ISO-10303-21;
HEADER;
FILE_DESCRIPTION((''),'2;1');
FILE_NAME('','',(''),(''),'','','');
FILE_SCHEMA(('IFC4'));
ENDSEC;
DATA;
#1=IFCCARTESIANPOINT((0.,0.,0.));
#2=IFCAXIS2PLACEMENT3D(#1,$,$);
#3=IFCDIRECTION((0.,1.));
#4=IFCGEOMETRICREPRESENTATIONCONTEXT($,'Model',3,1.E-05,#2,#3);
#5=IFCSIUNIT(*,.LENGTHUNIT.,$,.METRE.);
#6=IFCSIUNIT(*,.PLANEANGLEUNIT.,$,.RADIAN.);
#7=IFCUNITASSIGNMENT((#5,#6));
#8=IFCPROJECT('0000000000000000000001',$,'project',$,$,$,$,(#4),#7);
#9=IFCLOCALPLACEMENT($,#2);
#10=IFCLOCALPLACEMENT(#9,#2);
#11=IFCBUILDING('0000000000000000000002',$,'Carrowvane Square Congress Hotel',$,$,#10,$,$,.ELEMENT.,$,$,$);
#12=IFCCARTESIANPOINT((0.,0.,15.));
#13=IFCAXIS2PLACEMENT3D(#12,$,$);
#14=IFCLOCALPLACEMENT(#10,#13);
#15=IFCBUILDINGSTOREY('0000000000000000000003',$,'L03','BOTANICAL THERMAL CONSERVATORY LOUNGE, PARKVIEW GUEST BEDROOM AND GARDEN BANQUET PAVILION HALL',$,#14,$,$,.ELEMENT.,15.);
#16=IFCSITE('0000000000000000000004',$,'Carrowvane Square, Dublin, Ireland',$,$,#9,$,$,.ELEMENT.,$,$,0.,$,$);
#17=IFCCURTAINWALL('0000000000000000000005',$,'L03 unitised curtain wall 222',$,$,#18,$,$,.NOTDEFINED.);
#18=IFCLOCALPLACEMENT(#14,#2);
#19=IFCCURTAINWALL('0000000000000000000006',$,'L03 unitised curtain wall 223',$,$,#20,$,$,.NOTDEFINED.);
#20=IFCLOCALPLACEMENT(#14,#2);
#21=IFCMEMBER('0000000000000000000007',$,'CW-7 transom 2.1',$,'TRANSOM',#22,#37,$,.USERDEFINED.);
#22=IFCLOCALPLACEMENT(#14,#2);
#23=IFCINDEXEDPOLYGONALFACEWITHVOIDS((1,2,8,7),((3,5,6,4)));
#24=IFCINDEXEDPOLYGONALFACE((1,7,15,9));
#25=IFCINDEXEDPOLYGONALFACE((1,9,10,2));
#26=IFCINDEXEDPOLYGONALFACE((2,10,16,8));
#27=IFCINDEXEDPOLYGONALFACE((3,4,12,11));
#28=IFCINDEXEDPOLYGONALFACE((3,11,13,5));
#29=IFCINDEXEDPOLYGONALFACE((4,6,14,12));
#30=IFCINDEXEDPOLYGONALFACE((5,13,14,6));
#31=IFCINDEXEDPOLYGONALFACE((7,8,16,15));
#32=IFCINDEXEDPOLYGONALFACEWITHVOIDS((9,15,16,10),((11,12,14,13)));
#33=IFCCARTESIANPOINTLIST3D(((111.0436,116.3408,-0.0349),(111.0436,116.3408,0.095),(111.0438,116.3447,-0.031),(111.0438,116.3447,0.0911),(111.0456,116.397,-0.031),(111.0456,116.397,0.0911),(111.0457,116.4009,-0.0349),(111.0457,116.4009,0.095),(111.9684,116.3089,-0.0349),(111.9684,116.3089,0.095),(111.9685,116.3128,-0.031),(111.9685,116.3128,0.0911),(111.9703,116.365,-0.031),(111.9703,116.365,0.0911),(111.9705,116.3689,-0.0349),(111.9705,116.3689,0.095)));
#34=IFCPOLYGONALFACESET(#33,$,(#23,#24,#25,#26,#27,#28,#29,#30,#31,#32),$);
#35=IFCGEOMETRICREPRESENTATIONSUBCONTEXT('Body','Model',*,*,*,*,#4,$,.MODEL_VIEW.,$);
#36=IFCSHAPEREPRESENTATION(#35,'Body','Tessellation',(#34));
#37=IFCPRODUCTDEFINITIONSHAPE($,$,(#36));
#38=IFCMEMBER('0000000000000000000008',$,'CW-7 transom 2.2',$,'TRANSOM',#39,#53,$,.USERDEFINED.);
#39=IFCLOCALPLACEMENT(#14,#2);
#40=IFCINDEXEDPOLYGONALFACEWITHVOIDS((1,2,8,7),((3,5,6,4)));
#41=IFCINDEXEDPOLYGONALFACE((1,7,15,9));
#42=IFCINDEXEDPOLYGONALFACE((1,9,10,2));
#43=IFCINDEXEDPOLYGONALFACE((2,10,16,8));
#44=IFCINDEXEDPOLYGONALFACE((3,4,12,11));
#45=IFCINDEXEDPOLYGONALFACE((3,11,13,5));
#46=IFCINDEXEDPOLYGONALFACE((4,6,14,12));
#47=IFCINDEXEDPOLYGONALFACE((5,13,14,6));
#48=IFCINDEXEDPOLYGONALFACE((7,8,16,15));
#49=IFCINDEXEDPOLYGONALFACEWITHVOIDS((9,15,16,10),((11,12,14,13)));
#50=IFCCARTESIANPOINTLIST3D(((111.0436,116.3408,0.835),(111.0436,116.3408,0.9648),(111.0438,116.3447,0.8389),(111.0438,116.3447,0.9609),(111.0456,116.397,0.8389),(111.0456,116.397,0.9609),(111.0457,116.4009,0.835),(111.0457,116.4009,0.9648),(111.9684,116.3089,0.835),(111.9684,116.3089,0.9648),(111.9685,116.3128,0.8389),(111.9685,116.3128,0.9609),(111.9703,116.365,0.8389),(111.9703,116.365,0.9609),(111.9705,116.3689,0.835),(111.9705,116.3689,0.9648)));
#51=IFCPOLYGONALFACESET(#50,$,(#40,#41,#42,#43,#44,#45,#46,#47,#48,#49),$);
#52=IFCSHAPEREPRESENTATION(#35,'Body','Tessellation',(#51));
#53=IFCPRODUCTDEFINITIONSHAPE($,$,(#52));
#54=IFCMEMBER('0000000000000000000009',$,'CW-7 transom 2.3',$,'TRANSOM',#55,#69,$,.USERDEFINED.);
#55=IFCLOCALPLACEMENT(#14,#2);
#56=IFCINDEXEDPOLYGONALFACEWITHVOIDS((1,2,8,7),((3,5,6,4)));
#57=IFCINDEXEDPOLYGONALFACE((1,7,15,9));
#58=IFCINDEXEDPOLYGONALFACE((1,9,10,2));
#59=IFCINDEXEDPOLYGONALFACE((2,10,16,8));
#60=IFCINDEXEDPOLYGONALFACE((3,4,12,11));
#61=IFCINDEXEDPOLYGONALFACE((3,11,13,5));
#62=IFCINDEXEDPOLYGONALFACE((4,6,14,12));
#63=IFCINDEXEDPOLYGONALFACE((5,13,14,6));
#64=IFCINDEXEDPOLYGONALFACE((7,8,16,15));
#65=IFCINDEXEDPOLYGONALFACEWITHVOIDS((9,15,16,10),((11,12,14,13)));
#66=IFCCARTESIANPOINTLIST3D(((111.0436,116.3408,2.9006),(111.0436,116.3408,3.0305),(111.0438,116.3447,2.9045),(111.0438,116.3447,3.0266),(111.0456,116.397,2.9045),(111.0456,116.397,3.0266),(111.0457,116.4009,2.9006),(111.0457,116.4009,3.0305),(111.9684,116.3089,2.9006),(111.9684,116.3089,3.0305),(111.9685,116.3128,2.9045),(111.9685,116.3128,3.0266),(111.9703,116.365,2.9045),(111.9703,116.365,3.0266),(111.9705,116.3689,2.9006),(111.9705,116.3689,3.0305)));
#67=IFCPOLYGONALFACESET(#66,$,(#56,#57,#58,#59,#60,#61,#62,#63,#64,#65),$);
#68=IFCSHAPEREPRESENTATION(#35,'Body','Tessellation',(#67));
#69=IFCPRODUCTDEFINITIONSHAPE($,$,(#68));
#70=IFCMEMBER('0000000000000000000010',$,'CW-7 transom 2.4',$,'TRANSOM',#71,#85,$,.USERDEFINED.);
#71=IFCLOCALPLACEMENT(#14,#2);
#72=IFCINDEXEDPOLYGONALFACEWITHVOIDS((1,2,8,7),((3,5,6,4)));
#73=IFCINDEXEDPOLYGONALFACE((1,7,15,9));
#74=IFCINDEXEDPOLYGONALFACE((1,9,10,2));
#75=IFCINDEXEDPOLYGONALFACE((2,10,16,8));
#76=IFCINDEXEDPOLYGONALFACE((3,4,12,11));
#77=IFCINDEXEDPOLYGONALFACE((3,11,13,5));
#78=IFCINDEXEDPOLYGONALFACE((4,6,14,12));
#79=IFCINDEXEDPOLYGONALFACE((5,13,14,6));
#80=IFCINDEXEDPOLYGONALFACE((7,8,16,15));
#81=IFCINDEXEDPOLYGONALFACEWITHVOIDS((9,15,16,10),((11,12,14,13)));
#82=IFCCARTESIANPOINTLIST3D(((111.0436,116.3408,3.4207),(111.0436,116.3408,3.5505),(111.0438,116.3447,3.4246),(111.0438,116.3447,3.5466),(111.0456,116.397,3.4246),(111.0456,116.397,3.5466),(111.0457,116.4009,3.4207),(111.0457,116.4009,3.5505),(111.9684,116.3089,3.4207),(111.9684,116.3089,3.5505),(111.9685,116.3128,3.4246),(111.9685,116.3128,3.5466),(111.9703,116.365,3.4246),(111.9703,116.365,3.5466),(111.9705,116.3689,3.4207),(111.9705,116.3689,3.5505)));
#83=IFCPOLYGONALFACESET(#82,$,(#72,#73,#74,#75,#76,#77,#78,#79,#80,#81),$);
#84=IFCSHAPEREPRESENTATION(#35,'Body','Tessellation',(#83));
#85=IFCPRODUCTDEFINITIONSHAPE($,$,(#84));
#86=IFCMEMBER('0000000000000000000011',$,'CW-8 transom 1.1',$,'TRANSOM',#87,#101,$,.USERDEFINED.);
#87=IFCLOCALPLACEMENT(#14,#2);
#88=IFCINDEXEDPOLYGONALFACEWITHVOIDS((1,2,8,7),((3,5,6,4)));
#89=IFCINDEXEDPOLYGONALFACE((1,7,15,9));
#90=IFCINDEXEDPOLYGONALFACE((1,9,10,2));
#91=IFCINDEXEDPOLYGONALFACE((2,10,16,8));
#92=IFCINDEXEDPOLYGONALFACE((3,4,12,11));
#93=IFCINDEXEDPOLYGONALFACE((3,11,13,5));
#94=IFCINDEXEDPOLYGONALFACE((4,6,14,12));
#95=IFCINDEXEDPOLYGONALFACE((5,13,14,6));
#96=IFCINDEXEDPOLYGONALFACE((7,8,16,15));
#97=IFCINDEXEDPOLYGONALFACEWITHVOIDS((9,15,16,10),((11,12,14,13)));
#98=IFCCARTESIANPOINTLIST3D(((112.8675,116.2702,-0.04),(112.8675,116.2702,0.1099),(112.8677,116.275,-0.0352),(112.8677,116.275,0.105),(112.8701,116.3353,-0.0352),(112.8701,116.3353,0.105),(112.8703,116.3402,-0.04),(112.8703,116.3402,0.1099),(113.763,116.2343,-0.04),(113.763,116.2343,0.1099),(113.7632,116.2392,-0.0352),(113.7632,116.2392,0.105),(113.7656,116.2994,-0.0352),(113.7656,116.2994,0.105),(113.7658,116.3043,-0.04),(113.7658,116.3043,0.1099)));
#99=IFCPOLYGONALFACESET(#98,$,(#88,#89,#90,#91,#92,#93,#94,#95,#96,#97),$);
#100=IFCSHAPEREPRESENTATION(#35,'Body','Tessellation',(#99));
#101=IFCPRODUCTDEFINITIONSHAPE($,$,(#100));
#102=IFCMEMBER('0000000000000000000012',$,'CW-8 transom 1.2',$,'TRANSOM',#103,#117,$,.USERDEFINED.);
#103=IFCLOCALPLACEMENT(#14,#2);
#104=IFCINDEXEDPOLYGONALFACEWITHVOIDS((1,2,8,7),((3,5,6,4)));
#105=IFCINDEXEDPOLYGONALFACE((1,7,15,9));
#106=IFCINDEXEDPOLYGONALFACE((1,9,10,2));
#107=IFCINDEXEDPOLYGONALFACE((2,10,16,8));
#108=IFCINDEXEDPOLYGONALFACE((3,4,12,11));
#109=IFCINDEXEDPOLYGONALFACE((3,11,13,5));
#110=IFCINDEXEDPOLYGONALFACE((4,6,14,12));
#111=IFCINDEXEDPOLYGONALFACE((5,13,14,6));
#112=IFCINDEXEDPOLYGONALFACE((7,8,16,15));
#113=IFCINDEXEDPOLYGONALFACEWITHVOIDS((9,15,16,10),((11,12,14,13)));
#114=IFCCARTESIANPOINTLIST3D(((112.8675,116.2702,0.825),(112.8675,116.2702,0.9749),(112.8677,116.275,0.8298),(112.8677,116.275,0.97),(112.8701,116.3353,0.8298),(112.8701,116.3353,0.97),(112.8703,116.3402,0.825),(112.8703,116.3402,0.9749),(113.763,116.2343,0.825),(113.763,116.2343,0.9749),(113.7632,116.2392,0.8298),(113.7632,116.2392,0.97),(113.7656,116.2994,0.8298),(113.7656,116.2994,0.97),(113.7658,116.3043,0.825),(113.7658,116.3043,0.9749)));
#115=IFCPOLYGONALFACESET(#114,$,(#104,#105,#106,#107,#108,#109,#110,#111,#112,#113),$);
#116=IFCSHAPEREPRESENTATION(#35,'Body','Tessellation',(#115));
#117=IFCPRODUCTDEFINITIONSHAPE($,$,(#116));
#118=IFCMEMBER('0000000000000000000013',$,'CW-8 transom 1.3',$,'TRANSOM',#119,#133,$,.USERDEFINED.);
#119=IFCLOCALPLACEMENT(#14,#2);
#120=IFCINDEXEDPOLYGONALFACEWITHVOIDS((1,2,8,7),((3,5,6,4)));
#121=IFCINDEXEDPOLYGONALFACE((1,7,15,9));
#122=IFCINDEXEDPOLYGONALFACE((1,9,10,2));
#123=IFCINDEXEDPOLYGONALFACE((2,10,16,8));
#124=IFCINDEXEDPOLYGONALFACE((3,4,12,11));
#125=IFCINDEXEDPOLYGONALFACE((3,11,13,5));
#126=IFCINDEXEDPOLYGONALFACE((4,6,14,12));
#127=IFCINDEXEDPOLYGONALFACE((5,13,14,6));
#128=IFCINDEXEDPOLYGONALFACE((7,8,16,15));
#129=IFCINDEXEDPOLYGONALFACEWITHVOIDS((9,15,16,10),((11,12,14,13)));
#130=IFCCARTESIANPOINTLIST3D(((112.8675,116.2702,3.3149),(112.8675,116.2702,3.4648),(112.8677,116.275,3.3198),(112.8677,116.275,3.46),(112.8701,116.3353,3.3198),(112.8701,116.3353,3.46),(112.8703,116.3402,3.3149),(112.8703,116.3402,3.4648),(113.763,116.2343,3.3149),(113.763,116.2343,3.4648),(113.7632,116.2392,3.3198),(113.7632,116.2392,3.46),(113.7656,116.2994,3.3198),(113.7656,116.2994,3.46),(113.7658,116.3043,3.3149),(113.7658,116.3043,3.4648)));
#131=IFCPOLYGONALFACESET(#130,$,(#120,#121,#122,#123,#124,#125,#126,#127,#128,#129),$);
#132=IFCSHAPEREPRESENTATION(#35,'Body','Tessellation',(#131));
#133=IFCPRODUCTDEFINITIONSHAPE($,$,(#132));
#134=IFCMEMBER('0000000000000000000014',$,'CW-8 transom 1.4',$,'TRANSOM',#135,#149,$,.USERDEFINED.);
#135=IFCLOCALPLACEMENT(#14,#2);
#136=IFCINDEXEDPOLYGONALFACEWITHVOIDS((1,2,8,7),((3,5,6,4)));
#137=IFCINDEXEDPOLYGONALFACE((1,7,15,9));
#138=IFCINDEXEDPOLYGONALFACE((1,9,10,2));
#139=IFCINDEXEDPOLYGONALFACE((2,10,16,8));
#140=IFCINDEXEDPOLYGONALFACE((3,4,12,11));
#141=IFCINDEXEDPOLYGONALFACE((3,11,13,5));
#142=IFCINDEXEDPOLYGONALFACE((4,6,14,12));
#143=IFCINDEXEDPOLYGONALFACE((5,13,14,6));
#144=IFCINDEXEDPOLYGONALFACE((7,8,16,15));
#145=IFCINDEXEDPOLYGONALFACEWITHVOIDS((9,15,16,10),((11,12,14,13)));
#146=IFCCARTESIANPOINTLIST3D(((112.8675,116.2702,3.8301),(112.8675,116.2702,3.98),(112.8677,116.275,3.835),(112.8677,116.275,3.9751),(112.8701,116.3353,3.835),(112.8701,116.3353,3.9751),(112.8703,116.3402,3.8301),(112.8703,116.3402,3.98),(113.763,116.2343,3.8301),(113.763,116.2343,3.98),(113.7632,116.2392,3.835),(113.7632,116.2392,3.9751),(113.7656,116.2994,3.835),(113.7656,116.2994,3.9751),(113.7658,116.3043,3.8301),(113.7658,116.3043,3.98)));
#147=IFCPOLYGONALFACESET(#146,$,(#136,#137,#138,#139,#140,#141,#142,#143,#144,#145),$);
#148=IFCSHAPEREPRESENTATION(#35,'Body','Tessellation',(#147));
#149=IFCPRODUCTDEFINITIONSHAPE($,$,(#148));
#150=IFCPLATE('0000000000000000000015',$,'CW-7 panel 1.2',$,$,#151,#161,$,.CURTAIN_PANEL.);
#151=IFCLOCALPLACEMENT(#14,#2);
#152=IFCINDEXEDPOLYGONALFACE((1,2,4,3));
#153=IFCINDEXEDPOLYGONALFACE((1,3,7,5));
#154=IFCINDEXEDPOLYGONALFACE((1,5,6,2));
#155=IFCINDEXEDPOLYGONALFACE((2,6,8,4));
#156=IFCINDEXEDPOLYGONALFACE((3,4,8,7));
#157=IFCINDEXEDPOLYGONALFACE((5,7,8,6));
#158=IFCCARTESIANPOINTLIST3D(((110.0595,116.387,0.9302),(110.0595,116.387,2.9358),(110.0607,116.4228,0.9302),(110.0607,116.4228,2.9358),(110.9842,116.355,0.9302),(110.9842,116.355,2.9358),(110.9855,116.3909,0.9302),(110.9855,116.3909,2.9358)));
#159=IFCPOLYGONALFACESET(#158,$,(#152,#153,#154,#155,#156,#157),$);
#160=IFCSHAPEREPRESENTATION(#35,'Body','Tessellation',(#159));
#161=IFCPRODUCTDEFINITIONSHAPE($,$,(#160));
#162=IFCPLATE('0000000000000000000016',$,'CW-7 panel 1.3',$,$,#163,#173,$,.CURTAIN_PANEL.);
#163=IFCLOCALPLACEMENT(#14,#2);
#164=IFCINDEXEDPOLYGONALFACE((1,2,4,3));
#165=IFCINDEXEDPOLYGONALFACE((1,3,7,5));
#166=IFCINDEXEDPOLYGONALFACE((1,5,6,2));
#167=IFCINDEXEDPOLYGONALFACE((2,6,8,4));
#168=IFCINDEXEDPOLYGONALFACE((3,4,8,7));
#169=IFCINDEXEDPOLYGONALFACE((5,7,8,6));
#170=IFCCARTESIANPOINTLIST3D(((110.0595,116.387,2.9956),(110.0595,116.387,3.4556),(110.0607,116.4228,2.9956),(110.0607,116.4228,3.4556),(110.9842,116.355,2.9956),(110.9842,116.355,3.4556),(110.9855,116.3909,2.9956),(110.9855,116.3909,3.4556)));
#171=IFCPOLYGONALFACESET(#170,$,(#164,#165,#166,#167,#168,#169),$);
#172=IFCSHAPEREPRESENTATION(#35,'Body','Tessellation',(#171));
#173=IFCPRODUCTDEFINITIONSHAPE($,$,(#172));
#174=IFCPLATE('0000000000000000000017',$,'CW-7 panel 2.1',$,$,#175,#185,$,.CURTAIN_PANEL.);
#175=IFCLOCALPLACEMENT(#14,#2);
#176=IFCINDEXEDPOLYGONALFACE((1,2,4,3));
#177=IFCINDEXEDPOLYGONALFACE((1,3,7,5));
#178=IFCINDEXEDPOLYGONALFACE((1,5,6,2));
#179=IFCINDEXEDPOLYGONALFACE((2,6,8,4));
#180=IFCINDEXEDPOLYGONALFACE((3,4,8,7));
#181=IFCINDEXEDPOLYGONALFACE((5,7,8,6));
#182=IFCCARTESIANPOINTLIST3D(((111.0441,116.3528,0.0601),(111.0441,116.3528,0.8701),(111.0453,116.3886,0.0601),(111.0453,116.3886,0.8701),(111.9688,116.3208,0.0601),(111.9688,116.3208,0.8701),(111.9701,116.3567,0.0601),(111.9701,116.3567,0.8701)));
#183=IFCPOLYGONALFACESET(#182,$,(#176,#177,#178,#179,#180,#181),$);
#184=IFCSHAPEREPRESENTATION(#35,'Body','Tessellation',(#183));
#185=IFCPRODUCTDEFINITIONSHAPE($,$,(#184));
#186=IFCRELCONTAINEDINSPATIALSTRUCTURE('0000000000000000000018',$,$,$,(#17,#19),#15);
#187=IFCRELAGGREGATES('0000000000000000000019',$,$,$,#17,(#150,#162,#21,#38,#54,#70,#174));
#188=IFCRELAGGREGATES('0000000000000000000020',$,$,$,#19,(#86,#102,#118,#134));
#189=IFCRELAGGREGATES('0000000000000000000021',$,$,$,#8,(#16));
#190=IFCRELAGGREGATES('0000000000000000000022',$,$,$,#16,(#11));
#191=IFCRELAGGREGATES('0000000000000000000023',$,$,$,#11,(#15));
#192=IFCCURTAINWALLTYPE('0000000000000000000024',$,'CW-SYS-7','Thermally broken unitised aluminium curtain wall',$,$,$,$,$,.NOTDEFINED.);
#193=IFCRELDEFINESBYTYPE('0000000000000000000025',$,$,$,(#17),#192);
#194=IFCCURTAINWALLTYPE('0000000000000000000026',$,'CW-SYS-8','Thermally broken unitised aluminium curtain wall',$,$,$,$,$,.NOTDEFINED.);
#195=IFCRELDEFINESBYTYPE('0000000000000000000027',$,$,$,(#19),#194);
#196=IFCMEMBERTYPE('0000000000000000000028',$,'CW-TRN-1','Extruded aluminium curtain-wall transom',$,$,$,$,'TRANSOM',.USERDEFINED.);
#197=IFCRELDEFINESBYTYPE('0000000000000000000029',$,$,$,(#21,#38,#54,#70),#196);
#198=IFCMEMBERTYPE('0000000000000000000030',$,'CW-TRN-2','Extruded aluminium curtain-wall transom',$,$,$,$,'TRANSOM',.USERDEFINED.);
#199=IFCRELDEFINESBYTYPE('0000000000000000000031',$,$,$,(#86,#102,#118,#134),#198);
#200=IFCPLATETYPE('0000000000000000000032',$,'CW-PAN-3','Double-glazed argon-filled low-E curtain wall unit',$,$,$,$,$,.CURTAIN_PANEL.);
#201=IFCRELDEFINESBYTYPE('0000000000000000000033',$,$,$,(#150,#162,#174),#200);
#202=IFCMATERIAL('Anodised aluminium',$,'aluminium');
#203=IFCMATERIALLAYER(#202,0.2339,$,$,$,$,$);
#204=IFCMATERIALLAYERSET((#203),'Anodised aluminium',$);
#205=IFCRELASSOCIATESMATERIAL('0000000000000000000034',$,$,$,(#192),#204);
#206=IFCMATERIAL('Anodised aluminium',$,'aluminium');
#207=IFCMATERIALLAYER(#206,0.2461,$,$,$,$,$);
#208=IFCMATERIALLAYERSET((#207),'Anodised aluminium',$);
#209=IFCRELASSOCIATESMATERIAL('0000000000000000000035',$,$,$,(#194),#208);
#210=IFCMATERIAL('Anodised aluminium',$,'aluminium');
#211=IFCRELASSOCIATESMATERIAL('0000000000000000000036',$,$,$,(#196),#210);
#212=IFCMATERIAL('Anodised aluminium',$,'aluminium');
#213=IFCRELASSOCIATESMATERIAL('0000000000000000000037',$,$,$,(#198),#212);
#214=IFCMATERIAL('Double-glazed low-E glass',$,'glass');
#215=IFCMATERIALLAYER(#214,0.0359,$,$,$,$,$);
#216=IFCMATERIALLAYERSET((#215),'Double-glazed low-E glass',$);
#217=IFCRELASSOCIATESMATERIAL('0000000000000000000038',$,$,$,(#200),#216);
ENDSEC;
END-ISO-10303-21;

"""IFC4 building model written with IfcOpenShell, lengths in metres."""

from ifc_helpers import new_model, si_unit, direction, frame, origin, origin_2d, place, context, subcontext, project, spatial, rectangle, hollow_rectangle, extrude, material, layer, layer_set, material_profile, profile_set, type_object, element, aggregate, save


model = new_model("IFC4")

# Units and contexts
model_context = context("Model", 3, precision=1e-05, world=origin(), true_north=direction((0.0, 1.0)))
body_context = subcontext(model_context, "Body", "Model", "MODEL_VIEW")
ifc_project = project(units=[si_unit("LENGTHUNIT", "METRE"), si_unit("PLANEANGLEUNIT", "RADIAN")], contexts=[model_context])

# Site, building, storey
site_placement = place(None, origin())
site = spatial("IfcSite", under=ifc_project, at=site_placement, Name="Carrowvane Square, Dublin, Ireland", CompositionType="ELEMENT", RefElevation=0.0)
building_placement = place(site_placement, origin())
building = spatial("IfcBuilding", under=site, at=building_placement, Name="Carrowvane Square Congress Hotel", CompositionType="ELEMENT")
storey_placement = place(building_placement, frame((0.0, 0.0, 15.0)))
storey = spatial("IfcBuildingStorey", under=building, at=storey_placement, Name="L03", Description="BOTANICAL THERMAL CONSERVATORY LOUNGE, PARKVIEW GUEST BEDROOM AND GARDEN BANQUET PAVILION HALL", CompositionType="ELEMENT", Elevation=15.0)

# Curtain walls
ifc_material_1 = material(Name="Anodised aluminium", Category="aluminium")
ifc_layer_1 = layer(ifc_material_1, 0.2339)
ifc_layer_set_1 = layer_set([ifc_layer_1], Name="Anodised aluminium")
curtain_wall_type_1 = type_object("IfcCurtainWallType", Name="CW-SYS-7", Description="Thermally broken unitised aluminium curtain wall", PredefinedType="NOTDEFINED", material=ifc_layer_set_1)
curtain_wall_1_placement = place(storey_placement, origin())
curtain_wall_1 = element("IfcCurtainWall", 1, at=curtain_wall_1_placement, inside=storey, type_object=curtain_wall_type_1, Name="L03 unitised curtain wall 222", PredefinedType="NOTDEFINED")
ifc_material_2 = material(Name="Anodised aluminium", Category="aluminium")
ifc_layer_2 = layer(ifc_material_2, 0.2461)
ifc_layer_set_2 = layer_set([ifc_layer_2], Name="Anodised aluminium")
curtain_wall_type_2 = type_object("IfcCurtainWallType", Name="CW-SYS-8", Description="Thermally broken unitised aluminium curtain wall", PredefinedType="NOTDEFINED", material=ifc_layer_set_2)
curtain_wall_2_placement = place(storey_placement, origin())
curtain_wall_2 = element("IfcCurtainWall", 2, at=curtain_wall_2_placement, inside=storey, type_object=curtain_wall_type_2, Name="L03 unitised curtain wall 223", PredefinedType="NOTDEFINED")

# Members
ifc_material_3 = material(Name="Anodised aluminium", Category="aluminium")
ifc_material_profile_1 = material_profile(ifc_material_3, hollow_rectangle(XDim=0.0601, YDim=0.1299, WallThickness=0.0039, at=origin_2d()), Name="CW-TR 60x130x4")
ifc_profile_set_1 = profile_set([ifc_material_profile_1], Name="Anodised aluminium")
member_type_1 = type_object("IfcMemberType", Name="CW-TRN-1", Description="Extruded aluminium curtain-wall transom", ElementType="TRANSOM", PredefinedType="USERDEFINED", material=ifc_profile_set_1)
member_1_placement = place(storey_placement, frame((111.0447, 116.3708, 0.03), z_axis=(0.999403, -0.034562, 0.0), x_axis=(0.034562, 0.999403, 0.0)))
member_1 = element("IfcMember", 3, at=member_1_placement, type_object=member_type_1, Name="CW-7 transom 2.1", ObjectType="TRANSOM", PredefinedType="USERDEFINED", context=body_context, shape_type="SweptSolid", body=[
    extrude(hollow_rectangle(XDim=0.0601, YDim=0.1299, WallThickness=0.0039, at=origin_2d()), origin(), (0.0, 0.0, 1.0), 0.9253),
])
member_2_placement = place(storey_placement, frame((111.0447, 116.3708, 0.8999), z_axis=(0.999403, -0.034562, 0.0), x_axis=(0.034562, 0.999403, 0.0)))
member_2 = element("IfcMember", 4, at=member_2_placement, type_object=member_type_1, Name="CW-7 transom 2.2", ObjectType="TRANSOM", PredefinedType="USERDEFINED", context=body_context, shape_type="SweptSolid", body=[
    extrude(hollow_rectangle(XDim=0.0601, YDim=0.1299, WallThickness=0.0039, at=origin_2d()), origin(), (0.0, 0.0, 1.0), 0.9253),
])
member_3_placement = place(storey_placement, frame((111.0447, 116.3708, 2.9656), z_axis=(0.999403, -0.034562, 0.0), x_axis=(0.034562, 0.999403, 0.0)))
member_3 = element("IfcMember", 5, at=member_3_placement, type_object=member_type_1, Name="CW-7 transom 2.3", ObjectType="TRANSOM", PredefinedType="USERDEFINED", context=body_context, shape_type="SweptSolid", body=[
    extrude(hollow_rectangle(XDim=0.0601, YDim=0.1299, WallThickness=0.0039, at=origin_2d()), origin(), (0.0, 0.0, 1.0), 0.9253),
])
member_4_placement = place(storey_placement, frame((111.0447, 116.3708, 3.4856), z_axis=(0.999403, -0.034562, 0.0), x_axis=(0.034562, 0.999403, 0.0)))
member_4 = element("IfcMember", 6, at=member_4_placement, type_object=member_type_1, Name="CW-7 transom 2.4", ObjectType="TRANSOM", PredefinedType="USERDEFINED", context=body_context, shape_type="SweptSolid", body=[
    extrude(hollow_rectangle(XDim=0.0601, YDim=0.1299, WallThickness=0.0039, at=origin_2d()), origin(), (0.0, 0.0, 1.0), 0.9253),
])
ifc_material_4 = material(Name="Anodised aluminium", Category="aluminium")
ifc_material_profile_2 = material_profile(ifc_material_4, hollow_rectangle(XDim=0.0701, YDim=0.1499, WallThickness=0.0049, at=origin_2d()), Name="CW-TR 70x150x5")
ifc_profile_set_2 = profile_set([ifc_material_profile_2], Name="Anodised aluminium")
member_type_2 = type_object("IfcMemberType", Name="CW-TRN-2", Description="Extruded aluminium curtain-wall transom", ElementType="TRANSOM", PredefinedType="USERDEFINED", material=ifc_profile_set_2)
member_5_placement = place(storey_placement, frame((112.8689, 116.3052, 0.0349), z_axis=(0.999198, -0.040044, 0.0), x_axis=(0.040044, 0.999198, 0.0)))
member_5 = element("IfcMember", 7, at=member_5_placement, type_object=member_type_2, Name="CW-8 transom 1.1", ObjectType="TRANSOM", PredefinedType="USERDEFINED", context=body_context, shape_type="SweptSolid", body=[
    extrude(hollow_rectangle(XDim=0.0701, YDim=0.1499, WallThickness=0.0049, at=origin_2d()), origin(), (0.0, 0.0, 1.0), 0.8962),
])
member_6_placement = place(storey_placement, frame((112.8689, 116.3052, 0.8999), z_axis=(0.999198, -0.040044, 0.0), x_axis=(0.040044, 0.999198, 0.0)))
member_6 = element("IfcMember", 8, at=member_6_placement, type_object=member_type_2, Name="CW-8 transom 1.2", ObjectType="TRANSOM", PredefinedType="USERDEFINED", context=body_context, shape_type="SweptSolid", body=[
    extrude(hollow_rectangle(XDim=0.0701, YDim=0.1499, WallThickness=0.0049, at=origin_2d()), origin(), (0.0, 0.0, 1.0), 0.8962),
])
member_7_placement = place(storey_placement, frame((112.8689, 116.3052, 3.3899), z_axis=(0.999198, -0.040044, 0.0), x_axis=(0.040044, 0.999198, 0.0)))
member_7 = element("IfcMember", 9, at=member_7_placement, type_object=member_type_2, Name="CW-8 transom 1.3", ObjectType="TRANSOM", PredefinedType="USERDEFINED", context=body_context, shape_type="SweptSolid", body=[
    extrude(hollow_rectangle(XDim=0.0701, YDim=0.1499, WallThickness=0.0049, at=origin_2d()), origin(), (0.0, 0.0, 1.0), 0.8962),
])
member_8_placement = place(storey_placement, frame((112.8689, 116.3052, 3.905), z_axis=(0.999198, -0.040044, 0.0), x_axis=(0.040044, 0.999198, 0.0)))
member_8 = element("IfcMember", 10, at=member_8_placement, type_object=member_type_2, Name="CW-8 transom 1.4", ObjectType="TRANSOM", PredefinedType="USERDEFINED", context=body_context, shape_type="SweptSolid", body=[
    extrude(hollow_rectangle(XDim=0.0701, YDim=0.1499, WallThickness=0.0049, at=origin_2d()), origin(), (0.0, 0.0, 1.0), 0.8962),
])

# Plates
ifc_material_5 = material(Name="Double-glazed low-E glass", Category="glass")
ifc_layer_3 = layer(ifc_material_5, 0.0359)
ifc_layer_set_3 = layer_set([ifc_layer_3], Name="Double-glazed low-E glass")
plate_type_1 = type_object("IfcPlateType", Name="CW-PAN-3", Description="Double-glazed argon-filled low-E curtain wall unit", PredefinedType="CURTAIN_PANEL", material=ifc_layer_set_3)
plate_1_placement = place(storey_placement, frame((110.5225, 116.3889, 0.9302), z_axis=(0.0, 0.0, 1.0), x_axis=(0.999404, -0.03453, 0.0)))
plate_1 = element("IfcPlate", 11, at=plate_1_placement, type_object=plate_type_1, Name="CW-7 panel 1.2", PredefinedType="CURTAIN_PANEL", context=body_context, shape_type="SweptSolid", body=[
    extrude(rectangle(XDim=0.9253, YDim=0.0359, at=origin_2d()), origin(), (0.0, 0.0, 1.0), 2.0056),
])
plate_2_placement = place(storey_placement, frame((110.5225, 116.3889, 2.9956), z_axis=(0.0, 0.0, 1.0), x_axis=(0.999404, -0.03453, 0.0)))
plate_2 = element("IfcPlate", 12, at=plate_2_placement, type_object=plate_type_1, Name="CW-7 panel 1.3", PredefinedType="CURTAIN_PANEL", context=body_context, shape_type="SweptSolid", body=[
    extrude(rectangle(XDim=0.9253, YDim=0.0359, at=origin_2d()), origin(), (0.0, 0.0, 1.0), 0.46),
])
plate_3_placement = place(storey_placement, frame((111.5071, 116.3547, 0.0601), z_axis=(0.0, 0.0, 1.0), x_axis=(0.999404, -0.03453, 0.0)))
plate_3 = element("IfcPlate", 13, at=plate_3_placement, type_object=plate_type_1, Name="CW-7 panel 2.1", PredefinedType="CURTAIN_PANEL", context=body_context, shape_type="SweptSolid", body=[
    extrude(rectangle(XDim=0.9253, YDim=0.0359, at=origin_2d()), origin(), (0.0, 0.0, 1.0), 0.8101),
])
aggregate(curtain_wall_1, [plate_1, plate_2, member_1, member_2, member_3, member_4, plate_3])
aggregate(curtain_wall_2, [member_5, member_6, member_7, member_8])

save(model, "model.ifc")
